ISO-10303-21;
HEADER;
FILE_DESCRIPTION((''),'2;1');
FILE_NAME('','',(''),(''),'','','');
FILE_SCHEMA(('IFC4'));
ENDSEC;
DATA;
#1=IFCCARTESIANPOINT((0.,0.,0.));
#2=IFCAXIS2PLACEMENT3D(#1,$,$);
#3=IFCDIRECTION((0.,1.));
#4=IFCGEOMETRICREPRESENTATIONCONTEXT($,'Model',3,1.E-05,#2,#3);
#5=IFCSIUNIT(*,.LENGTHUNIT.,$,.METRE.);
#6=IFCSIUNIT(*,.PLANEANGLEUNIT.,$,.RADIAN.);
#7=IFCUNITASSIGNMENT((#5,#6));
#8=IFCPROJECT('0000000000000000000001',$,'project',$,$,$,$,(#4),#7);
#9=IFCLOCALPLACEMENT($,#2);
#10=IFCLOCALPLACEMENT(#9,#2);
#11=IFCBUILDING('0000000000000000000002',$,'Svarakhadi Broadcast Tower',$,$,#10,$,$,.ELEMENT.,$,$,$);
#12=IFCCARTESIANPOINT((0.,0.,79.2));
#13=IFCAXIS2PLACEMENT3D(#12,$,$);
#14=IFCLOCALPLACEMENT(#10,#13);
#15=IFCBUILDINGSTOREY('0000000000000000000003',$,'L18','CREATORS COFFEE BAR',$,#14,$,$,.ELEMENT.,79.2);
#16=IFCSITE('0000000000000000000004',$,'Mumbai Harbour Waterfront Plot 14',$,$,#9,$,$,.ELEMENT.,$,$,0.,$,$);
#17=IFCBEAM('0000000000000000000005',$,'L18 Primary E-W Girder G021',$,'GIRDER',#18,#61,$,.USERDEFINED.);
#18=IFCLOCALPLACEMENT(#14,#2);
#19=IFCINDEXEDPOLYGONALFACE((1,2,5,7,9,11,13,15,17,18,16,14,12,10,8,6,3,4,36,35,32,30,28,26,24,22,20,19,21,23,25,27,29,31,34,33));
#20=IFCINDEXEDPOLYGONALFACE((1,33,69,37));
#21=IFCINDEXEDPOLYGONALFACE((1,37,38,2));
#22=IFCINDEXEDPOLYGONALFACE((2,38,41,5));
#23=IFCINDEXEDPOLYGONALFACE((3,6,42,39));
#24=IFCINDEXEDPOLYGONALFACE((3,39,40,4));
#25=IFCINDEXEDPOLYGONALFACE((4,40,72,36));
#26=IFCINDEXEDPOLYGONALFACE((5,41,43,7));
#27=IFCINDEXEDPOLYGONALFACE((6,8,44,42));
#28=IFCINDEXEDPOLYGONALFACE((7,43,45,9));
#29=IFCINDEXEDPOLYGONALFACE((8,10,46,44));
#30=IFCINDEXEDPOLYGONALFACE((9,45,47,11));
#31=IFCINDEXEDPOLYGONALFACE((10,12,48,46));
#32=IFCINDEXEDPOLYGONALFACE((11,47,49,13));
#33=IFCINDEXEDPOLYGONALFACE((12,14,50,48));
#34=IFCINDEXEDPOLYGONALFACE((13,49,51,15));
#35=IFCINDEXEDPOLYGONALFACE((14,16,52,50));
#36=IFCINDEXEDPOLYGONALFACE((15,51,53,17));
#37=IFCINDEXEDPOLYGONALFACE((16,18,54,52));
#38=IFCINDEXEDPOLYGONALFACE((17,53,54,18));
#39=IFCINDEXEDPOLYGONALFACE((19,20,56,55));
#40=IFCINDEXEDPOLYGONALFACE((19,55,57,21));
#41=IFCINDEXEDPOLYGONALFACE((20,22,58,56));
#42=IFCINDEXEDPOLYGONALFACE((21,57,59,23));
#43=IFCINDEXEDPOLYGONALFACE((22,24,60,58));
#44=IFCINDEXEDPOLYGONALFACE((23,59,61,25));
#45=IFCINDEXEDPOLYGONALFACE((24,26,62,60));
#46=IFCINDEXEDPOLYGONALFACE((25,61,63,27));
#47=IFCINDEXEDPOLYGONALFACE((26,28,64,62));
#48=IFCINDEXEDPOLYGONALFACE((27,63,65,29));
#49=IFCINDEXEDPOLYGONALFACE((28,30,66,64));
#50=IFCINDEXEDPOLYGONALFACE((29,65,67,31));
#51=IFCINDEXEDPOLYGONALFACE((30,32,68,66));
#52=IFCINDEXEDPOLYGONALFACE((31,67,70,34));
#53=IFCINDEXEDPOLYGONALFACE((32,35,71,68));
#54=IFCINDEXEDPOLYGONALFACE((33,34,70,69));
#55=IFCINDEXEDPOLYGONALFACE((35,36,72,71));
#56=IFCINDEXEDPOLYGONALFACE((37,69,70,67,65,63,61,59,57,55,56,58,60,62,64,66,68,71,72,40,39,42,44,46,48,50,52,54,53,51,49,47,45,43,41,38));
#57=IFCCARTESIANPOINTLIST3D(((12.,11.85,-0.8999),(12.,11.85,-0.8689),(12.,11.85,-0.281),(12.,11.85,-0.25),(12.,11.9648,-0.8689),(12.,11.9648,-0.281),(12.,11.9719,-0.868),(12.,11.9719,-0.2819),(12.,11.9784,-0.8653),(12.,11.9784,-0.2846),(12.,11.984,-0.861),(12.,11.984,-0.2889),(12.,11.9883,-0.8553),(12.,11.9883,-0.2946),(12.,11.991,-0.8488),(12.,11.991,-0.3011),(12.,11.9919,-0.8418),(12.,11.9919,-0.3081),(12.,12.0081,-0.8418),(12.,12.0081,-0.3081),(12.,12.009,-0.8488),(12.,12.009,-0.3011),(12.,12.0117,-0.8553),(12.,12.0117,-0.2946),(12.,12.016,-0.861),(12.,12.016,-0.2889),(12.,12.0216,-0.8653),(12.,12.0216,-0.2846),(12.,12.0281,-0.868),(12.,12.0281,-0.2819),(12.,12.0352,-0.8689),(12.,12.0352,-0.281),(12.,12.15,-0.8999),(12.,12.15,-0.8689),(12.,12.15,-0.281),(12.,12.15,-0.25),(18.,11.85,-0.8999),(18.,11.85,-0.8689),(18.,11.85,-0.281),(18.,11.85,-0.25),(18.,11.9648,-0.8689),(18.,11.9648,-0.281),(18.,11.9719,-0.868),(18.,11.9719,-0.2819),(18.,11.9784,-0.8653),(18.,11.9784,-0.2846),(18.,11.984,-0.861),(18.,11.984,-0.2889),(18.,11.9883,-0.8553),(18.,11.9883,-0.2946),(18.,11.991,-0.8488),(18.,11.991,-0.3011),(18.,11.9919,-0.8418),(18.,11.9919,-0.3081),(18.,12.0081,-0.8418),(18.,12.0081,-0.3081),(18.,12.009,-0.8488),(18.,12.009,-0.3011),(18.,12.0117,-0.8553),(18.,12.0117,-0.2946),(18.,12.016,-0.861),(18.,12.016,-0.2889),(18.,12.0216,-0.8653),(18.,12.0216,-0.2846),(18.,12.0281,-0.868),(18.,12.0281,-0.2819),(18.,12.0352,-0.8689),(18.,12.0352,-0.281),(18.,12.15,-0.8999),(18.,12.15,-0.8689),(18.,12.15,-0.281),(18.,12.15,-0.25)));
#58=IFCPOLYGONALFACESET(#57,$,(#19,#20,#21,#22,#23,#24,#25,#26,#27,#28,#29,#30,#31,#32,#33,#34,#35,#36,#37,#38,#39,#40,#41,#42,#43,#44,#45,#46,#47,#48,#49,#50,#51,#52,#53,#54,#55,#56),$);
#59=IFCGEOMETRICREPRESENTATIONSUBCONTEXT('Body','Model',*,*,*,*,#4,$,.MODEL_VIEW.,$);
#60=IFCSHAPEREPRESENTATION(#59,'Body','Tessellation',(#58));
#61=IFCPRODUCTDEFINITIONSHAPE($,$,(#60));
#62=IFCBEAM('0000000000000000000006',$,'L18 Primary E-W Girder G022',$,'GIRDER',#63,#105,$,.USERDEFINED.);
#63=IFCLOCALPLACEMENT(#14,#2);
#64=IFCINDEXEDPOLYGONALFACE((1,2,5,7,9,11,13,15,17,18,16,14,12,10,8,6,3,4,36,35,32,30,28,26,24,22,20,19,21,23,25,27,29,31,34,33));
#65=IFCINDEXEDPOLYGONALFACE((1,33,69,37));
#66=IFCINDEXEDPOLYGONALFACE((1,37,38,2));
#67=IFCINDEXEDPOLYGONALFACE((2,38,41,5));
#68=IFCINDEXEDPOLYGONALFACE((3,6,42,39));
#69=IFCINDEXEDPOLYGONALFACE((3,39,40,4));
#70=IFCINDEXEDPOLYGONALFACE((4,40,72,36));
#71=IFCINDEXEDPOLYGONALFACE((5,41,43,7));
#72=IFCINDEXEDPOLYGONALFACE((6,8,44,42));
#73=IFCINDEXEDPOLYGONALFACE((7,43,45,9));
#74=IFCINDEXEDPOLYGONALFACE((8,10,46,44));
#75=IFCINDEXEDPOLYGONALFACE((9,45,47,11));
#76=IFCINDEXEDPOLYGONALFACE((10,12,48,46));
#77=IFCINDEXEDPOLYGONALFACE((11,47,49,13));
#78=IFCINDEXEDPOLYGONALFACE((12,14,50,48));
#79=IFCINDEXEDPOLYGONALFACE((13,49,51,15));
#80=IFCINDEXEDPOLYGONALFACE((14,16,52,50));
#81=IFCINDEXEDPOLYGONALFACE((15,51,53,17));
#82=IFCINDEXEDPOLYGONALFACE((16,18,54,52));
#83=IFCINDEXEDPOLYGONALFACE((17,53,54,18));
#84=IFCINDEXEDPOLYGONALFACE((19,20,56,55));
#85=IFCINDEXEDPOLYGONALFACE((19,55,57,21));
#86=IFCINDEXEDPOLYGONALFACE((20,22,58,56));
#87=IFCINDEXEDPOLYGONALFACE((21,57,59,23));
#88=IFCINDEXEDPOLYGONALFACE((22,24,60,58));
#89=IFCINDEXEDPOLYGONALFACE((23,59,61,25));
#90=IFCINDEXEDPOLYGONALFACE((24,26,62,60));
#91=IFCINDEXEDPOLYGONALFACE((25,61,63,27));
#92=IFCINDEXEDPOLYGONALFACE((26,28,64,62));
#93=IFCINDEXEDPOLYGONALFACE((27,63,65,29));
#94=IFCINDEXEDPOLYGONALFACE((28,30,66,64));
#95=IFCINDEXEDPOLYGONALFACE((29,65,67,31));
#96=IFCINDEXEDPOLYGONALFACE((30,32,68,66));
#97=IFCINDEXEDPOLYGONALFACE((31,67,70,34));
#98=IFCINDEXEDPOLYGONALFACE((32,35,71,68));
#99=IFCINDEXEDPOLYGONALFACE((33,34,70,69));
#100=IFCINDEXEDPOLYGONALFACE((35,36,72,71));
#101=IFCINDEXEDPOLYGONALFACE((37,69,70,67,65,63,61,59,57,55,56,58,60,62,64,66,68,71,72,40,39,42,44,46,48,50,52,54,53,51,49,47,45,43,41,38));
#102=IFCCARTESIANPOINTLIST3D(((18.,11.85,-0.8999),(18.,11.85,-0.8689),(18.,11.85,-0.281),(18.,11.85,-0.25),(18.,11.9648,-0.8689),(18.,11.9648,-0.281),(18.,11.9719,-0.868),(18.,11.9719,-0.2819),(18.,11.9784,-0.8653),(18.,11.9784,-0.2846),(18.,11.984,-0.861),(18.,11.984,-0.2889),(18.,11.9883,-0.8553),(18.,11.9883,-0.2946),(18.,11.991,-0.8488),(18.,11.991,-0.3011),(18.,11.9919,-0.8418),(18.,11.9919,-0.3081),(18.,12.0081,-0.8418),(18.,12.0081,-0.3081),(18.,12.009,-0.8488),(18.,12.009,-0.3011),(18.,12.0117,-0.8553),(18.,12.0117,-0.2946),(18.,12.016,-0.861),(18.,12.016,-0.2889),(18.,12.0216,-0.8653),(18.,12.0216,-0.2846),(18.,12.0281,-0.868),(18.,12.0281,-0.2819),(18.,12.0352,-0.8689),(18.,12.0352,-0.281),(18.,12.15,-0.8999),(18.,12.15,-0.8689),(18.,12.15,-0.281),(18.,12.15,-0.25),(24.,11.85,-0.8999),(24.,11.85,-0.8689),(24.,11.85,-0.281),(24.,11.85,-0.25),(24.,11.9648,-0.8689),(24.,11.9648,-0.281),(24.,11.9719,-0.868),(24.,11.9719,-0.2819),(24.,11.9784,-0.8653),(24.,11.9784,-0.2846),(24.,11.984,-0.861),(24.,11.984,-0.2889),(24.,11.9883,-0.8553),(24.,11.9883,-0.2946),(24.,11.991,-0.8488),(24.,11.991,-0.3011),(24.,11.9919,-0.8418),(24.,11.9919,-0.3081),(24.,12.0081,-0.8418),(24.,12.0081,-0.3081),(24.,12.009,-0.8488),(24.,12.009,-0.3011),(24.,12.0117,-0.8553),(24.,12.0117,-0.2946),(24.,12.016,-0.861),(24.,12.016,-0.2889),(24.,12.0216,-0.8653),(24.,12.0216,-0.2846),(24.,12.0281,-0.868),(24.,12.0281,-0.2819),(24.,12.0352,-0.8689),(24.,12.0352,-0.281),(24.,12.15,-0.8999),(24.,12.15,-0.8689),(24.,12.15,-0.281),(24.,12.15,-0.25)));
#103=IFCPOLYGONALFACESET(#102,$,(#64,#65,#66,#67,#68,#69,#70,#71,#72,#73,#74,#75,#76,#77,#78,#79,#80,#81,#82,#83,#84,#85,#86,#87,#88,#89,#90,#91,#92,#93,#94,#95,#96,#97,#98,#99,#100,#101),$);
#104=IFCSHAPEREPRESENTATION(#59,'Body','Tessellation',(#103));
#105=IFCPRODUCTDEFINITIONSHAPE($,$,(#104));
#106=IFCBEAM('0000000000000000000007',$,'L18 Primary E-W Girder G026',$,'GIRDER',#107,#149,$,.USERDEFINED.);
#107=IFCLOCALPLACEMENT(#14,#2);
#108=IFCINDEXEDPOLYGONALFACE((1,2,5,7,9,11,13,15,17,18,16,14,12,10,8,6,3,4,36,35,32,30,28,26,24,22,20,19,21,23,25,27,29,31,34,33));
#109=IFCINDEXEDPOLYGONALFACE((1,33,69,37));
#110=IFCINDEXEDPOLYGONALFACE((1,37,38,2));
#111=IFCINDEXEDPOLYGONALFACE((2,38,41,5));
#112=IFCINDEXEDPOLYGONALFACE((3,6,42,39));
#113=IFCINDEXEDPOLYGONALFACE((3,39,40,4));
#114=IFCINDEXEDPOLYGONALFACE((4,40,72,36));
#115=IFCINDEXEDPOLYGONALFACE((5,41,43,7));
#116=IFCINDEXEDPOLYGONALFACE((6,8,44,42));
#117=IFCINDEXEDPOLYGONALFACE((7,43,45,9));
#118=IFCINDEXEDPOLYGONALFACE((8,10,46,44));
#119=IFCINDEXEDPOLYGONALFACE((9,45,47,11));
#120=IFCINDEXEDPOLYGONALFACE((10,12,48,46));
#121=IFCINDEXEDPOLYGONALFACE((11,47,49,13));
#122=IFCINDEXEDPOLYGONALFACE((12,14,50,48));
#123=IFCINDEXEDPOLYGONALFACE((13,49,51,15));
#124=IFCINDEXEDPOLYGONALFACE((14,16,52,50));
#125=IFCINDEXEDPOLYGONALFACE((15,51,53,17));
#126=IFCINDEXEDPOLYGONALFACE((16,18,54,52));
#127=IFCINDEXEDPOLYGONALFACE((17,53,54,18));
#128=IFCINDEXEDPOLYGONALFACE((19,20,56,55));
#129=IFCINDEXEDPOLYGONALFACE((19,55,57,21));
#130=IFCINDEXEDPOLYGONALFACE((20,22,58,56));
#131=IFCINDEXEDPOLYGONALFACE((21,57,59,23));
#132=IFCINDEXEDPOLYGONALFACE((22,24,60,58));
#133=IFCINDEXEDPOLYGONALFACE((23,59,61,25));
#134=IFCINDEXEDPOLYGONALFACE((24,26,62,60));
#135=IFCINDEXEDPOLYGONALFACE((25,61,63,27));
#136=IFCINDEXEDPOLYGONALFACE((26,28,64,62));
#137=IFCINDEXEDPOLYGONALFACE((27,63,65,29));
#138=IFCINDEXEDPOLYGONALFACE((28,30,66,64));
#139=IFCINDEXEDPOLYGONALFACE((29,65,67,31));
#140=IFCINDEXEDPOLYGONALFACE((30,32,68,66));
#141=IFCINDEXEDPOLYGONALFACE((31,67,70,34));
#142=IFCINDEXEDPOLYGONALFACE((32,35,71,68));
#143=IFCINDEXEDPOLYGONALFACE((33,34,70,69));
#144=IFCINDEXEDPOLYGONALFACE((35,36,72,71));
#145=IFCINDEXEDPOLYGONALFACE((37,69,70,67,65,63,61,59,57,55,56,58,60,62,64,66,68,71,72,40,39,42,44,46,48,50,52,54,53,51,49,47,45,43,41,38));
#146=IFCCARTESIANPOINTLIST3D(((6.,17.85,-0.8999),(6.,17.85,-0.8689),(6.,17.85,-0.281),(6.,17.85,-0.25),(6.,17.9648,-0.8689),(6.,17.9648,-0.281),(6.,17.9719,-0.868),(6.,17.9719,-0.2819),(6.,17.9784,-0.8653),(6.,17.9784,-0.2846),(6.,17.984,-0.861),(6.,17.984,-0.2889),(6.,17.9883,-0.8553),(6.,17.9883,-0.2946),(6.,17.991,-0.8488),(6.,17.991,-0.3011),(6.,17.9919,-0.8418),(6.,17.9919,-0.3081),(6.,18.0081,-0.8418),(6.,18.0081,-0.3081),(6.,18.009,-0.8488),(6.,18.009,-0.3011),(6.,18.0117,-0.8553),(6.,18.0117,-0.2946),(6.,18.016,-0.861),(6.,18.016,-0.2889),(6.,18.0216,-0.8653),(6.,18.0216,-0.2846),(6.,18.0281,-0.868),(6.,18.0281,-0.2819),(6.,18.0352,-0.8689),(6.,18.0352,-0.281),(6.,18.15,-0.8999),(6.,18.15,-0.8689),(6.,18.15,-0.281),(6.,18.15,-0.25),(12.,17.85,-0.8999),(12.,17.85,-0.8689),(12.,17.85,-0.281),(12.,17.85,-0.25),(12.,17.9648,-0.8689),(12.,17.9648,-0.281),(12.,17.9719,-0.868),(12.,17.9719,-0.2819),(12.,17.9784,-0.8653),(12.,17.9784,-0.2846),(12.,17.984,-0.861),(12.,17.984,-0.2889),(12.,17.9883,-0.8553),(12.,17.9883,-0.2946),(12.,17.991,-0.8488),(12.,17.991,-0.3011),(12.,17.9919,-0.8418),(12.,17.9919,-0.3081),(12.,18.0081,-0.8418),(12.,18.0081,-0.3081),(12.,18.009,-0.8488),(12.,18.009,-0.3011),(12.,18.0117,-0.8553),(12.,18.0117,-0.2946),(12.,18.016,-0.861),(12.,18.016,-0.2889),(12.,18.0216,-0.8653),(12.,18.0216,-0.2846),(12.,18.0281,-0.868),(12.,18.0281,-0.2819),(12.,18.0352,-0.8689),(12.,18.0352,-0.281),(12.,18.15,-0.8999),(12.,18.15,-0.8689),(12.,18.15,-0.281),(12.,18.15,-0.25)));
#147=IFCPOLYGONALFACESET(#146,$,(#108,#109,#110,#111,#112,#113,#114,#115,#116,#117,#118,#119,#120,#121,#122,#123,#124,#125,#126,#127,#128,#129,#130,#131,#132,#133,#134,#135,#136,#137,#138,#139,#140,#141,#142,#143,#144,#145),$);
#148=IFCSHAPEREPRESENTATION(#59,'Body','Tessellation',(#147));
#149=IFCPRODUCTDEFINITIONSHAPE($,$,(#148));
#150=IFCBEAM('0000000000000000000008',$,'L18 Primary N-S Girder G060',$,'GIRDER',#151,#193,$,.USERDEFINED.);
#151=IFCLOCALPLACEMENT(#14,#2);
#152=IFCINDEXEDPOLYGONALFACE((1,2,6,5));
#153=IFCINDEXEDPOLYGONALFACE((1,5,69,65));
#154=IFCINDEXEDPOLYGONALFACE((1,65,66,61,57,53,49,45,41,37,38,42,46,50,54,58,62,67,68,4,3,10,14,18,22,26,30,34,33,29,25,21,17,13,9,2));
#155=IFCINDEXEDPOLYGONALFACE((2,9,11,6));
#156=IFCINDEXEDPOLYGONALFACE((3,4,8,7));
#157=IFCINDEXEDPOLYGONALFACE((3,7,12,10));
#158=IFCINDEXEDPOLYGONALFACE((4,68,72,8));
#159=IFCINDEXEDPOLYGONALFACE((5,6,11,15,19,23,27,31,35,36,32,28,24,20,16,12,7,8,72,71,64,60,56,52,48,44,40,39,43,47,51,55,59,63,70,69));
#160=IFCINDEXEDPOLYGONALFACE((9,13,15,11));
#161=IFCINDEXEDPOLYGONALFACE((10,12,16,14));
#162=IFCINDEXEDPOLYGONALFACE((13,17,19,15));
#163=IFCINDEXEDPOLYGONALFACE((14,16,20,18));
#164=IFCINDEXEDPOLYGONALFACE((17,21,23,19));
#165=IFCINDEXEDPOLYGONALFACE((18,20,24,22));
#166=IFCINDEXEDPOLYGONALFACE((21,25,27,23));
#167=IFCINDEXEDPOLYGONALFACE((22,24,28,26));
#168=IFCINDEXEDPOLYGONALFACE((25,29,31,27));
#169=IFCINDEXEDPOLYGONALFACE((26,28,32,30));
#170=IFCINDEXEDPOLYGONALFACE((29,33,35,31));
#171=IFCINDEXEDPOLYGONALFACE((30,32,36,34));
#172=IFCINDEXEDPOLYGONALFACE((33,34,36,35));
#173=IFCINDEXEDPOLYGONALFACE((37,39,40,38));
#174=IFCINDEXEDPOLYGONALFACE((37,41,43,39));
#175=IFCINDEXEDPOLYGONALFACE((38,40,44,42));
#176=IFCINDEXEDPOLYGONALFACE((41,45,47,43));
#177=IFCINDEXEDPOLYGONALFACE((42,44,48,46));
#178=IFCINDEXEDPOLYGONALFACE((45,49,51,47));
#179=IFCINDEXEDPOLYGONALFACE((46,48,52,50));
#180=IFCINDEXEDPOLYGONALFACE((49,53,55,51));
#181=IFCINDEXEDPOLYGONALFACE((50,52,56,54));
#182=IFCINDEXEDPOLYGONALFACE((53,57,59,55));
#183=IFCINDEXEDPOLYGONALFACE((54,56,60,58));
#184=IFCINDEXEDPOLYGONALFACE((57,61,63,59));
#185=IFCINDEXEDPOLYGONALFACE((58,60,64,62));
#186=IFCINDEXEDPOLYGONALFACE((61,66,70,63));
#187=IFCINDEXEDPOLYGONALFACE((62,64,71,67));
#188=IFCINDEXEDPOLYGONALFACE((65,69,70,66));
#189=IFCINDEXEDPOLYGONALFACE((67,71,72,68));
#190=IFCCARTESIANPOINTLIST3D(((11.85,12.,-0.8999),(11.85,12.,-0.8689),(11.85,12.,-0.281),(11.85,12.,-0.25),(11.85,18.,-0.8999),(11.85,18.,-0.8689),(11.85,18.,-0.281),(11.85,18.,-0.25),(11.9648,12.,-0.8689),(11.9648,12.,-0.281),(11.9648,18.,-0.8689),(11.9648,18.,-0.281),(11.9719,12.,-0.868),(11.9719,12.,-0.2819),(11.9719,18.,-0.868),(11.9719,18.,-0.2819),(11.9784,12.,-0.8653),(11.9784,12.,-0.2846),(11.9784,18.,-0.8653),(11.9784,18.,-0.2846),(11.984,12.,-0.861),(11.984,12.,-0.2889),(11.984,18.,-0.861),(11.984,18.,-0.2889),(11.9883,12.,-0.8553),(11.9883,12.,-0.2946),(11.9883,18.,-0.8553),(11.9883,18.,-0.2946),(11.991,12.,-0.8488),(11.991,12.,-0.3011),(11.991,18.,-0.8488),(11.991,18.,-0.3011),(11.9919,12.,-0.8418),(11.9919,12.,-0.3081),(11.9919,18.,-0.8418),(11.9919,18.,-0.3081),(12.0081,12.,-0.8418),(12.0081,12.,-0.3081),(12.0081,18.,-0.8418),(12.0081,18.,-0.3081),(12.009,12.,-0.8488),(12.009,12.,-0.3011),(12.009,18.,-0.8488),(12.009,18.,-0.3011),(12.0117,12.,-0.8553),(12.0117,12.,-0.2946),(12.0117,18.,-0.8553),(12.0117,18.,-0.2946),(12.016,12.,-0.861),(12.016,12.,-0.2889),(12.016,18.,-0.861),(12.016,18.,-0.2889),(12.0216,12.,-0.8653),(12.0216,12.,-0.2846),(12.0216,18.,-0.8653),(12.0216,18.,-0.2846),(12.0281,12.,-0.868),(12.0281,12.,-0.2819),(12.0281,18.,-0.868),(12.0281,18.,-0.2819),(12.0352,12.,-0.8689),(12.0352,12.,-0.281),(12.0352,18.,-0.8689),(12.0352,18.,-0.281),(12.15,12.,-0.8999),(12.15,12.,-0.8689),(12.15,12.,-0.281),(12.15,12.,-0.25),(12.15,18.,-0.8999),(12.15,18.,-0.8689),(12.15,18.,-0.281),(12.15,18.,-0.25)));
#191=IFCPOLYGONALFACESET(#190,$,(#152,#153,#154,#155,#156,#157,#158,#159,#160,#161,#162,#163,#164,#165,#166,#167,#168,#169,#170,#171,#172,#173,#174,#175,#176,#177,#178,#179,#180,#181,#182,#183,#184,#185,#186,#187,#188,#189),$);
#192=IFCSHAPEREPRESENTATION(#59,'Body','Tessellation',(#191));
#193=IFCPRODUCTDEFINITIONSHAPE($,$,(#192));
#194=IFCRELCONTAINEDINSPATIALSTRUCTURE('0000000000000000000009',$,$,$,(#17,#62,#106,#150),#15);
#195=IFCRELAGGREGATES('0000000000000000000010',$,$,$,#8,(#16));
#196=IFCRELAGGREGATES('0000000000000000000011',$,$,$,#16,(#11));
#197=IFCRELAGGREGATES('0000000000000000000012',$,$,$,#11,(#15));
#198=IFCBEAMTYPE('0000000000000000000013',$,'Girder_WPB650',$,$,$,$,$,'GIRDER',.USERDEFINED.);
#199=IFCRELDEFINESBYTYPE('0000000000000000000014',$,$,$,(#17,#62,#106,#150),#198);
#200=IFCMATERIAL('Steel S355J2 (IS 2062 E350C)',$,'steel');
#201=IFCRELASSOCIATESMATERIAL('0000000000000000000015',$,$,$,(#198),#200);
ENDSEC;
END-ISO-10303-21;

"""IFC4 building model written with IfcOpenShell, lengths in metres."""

from ifc_helpers import new_model, si_unit, direction, frame, origin, origin_2d, place, context, subcontext, project, spatial, i_section, extrude, material, material_profile, profile_set, type_object, element, save


model = new_model("IFC4")

# Units and contexts
model_context = context("Model", 3, precision=1e-05, world=origin(), true_north=direction((0.0, 1.0)))
body_context = subcontext(model_context, "Body", "Model", "MODEL_VIEW")
ifc_project = project(units=[si_unit("LENGTHUNIT", "METRE"), si_unit("PLANEANGLEUNIT", "RADIAN")], contexts=[model_context])

# Site, building, storey
site_placement = place(None, origin())
site = spatial("IfcSite", under=ifc_project, at=site_placement, Name="Mumbai Harbour Waterfront Plot 14", CompositionType="ELEMENT", RefElevation=0.0)
building_placement = place(site_placement, origin())
building = spatial("IfcBuilding", under=site, at=building_placement, Name="Svarakhadi Broadcast Tower", CompositionType="ELEMENT")
storey_placement = place(building_placement, frame((0.0, 0.0, 79.2)))
storey = spatial("IfcBuildingStorey", under=building, at=storey_placement, Name="L18", Description="CREATORS COFFEE BAR", CompositionType="ELEMENT", Elevation=79.2)

# Beams
ifc_material_1 = material(Name="Steel S355J2 (IS 2062 E350C)", Category="steel")
ifc_material_profile_1 = material_profile(ifc_material_1, i_section(OverallWidth=0.3, OverallDepth=0.6499, WebThickness=0.0161, FlangeThickness=0.031, FilletRadius=0.0271, at=origin_2d()), Name="WPB 650x300x225")
ifc_profile_set_1 = profile_set([ifc_material_profile_1], Name="Steel S355J2 (IS 2062 E350C)")
beam_type_1 = type_object("IfcBeamType", Name="Girder_WPB650", ElementType="GIRDER", PredefinedType="USERDEFINED", material=ifc_profile_set_1)
for number, where, z_axis, x_axis, name in (
    (1, (12.0, 12.0, -0.575), (1.0, 0.0, 0.0), (0.0, 1.0, 0.0), "L18 Primary E-W Girder G021"),
    (2, (18.0, 12.0, -0.575), (1.0, 0.0, 0.0), (0.0, 1.0, 0.0), "L18 Primary E-W Girder G022"),
    (3, (6.0, 18.0, -0.575), (1.0, 0.0, 0.0), (0.0, 1.0, 0.0), "L18 Primary E-W Girder G026"),
    (4, (12.0, 12.0, -0.575), (0.0, 1.0, 0.0), (-1.0, 0.0, 0.0), "L18 Primary N-S Girder G060"),
):
    element("IfcBeam", number, at=place(storey_placement, frame(where, z_axis=z_axis, x_axis=x_axis)), inside=storey, type_object=beam_type_1, Name=name, ObjectType="GIRDER", PredefinedType="USERDEFINED", context=body_context, shape_type="SweptSolid", body=[
        extrude(i_section(OverallWidth=0.3, OverallDepth=0.6499, WebThickness=0.0161, FlangeThickness=0.031, FilletRadius=0.0271, at=origin_2d()), origin(), (0.0, 0.0, 1.0), 6.0),
    ])

save(model, "model.ifc")
